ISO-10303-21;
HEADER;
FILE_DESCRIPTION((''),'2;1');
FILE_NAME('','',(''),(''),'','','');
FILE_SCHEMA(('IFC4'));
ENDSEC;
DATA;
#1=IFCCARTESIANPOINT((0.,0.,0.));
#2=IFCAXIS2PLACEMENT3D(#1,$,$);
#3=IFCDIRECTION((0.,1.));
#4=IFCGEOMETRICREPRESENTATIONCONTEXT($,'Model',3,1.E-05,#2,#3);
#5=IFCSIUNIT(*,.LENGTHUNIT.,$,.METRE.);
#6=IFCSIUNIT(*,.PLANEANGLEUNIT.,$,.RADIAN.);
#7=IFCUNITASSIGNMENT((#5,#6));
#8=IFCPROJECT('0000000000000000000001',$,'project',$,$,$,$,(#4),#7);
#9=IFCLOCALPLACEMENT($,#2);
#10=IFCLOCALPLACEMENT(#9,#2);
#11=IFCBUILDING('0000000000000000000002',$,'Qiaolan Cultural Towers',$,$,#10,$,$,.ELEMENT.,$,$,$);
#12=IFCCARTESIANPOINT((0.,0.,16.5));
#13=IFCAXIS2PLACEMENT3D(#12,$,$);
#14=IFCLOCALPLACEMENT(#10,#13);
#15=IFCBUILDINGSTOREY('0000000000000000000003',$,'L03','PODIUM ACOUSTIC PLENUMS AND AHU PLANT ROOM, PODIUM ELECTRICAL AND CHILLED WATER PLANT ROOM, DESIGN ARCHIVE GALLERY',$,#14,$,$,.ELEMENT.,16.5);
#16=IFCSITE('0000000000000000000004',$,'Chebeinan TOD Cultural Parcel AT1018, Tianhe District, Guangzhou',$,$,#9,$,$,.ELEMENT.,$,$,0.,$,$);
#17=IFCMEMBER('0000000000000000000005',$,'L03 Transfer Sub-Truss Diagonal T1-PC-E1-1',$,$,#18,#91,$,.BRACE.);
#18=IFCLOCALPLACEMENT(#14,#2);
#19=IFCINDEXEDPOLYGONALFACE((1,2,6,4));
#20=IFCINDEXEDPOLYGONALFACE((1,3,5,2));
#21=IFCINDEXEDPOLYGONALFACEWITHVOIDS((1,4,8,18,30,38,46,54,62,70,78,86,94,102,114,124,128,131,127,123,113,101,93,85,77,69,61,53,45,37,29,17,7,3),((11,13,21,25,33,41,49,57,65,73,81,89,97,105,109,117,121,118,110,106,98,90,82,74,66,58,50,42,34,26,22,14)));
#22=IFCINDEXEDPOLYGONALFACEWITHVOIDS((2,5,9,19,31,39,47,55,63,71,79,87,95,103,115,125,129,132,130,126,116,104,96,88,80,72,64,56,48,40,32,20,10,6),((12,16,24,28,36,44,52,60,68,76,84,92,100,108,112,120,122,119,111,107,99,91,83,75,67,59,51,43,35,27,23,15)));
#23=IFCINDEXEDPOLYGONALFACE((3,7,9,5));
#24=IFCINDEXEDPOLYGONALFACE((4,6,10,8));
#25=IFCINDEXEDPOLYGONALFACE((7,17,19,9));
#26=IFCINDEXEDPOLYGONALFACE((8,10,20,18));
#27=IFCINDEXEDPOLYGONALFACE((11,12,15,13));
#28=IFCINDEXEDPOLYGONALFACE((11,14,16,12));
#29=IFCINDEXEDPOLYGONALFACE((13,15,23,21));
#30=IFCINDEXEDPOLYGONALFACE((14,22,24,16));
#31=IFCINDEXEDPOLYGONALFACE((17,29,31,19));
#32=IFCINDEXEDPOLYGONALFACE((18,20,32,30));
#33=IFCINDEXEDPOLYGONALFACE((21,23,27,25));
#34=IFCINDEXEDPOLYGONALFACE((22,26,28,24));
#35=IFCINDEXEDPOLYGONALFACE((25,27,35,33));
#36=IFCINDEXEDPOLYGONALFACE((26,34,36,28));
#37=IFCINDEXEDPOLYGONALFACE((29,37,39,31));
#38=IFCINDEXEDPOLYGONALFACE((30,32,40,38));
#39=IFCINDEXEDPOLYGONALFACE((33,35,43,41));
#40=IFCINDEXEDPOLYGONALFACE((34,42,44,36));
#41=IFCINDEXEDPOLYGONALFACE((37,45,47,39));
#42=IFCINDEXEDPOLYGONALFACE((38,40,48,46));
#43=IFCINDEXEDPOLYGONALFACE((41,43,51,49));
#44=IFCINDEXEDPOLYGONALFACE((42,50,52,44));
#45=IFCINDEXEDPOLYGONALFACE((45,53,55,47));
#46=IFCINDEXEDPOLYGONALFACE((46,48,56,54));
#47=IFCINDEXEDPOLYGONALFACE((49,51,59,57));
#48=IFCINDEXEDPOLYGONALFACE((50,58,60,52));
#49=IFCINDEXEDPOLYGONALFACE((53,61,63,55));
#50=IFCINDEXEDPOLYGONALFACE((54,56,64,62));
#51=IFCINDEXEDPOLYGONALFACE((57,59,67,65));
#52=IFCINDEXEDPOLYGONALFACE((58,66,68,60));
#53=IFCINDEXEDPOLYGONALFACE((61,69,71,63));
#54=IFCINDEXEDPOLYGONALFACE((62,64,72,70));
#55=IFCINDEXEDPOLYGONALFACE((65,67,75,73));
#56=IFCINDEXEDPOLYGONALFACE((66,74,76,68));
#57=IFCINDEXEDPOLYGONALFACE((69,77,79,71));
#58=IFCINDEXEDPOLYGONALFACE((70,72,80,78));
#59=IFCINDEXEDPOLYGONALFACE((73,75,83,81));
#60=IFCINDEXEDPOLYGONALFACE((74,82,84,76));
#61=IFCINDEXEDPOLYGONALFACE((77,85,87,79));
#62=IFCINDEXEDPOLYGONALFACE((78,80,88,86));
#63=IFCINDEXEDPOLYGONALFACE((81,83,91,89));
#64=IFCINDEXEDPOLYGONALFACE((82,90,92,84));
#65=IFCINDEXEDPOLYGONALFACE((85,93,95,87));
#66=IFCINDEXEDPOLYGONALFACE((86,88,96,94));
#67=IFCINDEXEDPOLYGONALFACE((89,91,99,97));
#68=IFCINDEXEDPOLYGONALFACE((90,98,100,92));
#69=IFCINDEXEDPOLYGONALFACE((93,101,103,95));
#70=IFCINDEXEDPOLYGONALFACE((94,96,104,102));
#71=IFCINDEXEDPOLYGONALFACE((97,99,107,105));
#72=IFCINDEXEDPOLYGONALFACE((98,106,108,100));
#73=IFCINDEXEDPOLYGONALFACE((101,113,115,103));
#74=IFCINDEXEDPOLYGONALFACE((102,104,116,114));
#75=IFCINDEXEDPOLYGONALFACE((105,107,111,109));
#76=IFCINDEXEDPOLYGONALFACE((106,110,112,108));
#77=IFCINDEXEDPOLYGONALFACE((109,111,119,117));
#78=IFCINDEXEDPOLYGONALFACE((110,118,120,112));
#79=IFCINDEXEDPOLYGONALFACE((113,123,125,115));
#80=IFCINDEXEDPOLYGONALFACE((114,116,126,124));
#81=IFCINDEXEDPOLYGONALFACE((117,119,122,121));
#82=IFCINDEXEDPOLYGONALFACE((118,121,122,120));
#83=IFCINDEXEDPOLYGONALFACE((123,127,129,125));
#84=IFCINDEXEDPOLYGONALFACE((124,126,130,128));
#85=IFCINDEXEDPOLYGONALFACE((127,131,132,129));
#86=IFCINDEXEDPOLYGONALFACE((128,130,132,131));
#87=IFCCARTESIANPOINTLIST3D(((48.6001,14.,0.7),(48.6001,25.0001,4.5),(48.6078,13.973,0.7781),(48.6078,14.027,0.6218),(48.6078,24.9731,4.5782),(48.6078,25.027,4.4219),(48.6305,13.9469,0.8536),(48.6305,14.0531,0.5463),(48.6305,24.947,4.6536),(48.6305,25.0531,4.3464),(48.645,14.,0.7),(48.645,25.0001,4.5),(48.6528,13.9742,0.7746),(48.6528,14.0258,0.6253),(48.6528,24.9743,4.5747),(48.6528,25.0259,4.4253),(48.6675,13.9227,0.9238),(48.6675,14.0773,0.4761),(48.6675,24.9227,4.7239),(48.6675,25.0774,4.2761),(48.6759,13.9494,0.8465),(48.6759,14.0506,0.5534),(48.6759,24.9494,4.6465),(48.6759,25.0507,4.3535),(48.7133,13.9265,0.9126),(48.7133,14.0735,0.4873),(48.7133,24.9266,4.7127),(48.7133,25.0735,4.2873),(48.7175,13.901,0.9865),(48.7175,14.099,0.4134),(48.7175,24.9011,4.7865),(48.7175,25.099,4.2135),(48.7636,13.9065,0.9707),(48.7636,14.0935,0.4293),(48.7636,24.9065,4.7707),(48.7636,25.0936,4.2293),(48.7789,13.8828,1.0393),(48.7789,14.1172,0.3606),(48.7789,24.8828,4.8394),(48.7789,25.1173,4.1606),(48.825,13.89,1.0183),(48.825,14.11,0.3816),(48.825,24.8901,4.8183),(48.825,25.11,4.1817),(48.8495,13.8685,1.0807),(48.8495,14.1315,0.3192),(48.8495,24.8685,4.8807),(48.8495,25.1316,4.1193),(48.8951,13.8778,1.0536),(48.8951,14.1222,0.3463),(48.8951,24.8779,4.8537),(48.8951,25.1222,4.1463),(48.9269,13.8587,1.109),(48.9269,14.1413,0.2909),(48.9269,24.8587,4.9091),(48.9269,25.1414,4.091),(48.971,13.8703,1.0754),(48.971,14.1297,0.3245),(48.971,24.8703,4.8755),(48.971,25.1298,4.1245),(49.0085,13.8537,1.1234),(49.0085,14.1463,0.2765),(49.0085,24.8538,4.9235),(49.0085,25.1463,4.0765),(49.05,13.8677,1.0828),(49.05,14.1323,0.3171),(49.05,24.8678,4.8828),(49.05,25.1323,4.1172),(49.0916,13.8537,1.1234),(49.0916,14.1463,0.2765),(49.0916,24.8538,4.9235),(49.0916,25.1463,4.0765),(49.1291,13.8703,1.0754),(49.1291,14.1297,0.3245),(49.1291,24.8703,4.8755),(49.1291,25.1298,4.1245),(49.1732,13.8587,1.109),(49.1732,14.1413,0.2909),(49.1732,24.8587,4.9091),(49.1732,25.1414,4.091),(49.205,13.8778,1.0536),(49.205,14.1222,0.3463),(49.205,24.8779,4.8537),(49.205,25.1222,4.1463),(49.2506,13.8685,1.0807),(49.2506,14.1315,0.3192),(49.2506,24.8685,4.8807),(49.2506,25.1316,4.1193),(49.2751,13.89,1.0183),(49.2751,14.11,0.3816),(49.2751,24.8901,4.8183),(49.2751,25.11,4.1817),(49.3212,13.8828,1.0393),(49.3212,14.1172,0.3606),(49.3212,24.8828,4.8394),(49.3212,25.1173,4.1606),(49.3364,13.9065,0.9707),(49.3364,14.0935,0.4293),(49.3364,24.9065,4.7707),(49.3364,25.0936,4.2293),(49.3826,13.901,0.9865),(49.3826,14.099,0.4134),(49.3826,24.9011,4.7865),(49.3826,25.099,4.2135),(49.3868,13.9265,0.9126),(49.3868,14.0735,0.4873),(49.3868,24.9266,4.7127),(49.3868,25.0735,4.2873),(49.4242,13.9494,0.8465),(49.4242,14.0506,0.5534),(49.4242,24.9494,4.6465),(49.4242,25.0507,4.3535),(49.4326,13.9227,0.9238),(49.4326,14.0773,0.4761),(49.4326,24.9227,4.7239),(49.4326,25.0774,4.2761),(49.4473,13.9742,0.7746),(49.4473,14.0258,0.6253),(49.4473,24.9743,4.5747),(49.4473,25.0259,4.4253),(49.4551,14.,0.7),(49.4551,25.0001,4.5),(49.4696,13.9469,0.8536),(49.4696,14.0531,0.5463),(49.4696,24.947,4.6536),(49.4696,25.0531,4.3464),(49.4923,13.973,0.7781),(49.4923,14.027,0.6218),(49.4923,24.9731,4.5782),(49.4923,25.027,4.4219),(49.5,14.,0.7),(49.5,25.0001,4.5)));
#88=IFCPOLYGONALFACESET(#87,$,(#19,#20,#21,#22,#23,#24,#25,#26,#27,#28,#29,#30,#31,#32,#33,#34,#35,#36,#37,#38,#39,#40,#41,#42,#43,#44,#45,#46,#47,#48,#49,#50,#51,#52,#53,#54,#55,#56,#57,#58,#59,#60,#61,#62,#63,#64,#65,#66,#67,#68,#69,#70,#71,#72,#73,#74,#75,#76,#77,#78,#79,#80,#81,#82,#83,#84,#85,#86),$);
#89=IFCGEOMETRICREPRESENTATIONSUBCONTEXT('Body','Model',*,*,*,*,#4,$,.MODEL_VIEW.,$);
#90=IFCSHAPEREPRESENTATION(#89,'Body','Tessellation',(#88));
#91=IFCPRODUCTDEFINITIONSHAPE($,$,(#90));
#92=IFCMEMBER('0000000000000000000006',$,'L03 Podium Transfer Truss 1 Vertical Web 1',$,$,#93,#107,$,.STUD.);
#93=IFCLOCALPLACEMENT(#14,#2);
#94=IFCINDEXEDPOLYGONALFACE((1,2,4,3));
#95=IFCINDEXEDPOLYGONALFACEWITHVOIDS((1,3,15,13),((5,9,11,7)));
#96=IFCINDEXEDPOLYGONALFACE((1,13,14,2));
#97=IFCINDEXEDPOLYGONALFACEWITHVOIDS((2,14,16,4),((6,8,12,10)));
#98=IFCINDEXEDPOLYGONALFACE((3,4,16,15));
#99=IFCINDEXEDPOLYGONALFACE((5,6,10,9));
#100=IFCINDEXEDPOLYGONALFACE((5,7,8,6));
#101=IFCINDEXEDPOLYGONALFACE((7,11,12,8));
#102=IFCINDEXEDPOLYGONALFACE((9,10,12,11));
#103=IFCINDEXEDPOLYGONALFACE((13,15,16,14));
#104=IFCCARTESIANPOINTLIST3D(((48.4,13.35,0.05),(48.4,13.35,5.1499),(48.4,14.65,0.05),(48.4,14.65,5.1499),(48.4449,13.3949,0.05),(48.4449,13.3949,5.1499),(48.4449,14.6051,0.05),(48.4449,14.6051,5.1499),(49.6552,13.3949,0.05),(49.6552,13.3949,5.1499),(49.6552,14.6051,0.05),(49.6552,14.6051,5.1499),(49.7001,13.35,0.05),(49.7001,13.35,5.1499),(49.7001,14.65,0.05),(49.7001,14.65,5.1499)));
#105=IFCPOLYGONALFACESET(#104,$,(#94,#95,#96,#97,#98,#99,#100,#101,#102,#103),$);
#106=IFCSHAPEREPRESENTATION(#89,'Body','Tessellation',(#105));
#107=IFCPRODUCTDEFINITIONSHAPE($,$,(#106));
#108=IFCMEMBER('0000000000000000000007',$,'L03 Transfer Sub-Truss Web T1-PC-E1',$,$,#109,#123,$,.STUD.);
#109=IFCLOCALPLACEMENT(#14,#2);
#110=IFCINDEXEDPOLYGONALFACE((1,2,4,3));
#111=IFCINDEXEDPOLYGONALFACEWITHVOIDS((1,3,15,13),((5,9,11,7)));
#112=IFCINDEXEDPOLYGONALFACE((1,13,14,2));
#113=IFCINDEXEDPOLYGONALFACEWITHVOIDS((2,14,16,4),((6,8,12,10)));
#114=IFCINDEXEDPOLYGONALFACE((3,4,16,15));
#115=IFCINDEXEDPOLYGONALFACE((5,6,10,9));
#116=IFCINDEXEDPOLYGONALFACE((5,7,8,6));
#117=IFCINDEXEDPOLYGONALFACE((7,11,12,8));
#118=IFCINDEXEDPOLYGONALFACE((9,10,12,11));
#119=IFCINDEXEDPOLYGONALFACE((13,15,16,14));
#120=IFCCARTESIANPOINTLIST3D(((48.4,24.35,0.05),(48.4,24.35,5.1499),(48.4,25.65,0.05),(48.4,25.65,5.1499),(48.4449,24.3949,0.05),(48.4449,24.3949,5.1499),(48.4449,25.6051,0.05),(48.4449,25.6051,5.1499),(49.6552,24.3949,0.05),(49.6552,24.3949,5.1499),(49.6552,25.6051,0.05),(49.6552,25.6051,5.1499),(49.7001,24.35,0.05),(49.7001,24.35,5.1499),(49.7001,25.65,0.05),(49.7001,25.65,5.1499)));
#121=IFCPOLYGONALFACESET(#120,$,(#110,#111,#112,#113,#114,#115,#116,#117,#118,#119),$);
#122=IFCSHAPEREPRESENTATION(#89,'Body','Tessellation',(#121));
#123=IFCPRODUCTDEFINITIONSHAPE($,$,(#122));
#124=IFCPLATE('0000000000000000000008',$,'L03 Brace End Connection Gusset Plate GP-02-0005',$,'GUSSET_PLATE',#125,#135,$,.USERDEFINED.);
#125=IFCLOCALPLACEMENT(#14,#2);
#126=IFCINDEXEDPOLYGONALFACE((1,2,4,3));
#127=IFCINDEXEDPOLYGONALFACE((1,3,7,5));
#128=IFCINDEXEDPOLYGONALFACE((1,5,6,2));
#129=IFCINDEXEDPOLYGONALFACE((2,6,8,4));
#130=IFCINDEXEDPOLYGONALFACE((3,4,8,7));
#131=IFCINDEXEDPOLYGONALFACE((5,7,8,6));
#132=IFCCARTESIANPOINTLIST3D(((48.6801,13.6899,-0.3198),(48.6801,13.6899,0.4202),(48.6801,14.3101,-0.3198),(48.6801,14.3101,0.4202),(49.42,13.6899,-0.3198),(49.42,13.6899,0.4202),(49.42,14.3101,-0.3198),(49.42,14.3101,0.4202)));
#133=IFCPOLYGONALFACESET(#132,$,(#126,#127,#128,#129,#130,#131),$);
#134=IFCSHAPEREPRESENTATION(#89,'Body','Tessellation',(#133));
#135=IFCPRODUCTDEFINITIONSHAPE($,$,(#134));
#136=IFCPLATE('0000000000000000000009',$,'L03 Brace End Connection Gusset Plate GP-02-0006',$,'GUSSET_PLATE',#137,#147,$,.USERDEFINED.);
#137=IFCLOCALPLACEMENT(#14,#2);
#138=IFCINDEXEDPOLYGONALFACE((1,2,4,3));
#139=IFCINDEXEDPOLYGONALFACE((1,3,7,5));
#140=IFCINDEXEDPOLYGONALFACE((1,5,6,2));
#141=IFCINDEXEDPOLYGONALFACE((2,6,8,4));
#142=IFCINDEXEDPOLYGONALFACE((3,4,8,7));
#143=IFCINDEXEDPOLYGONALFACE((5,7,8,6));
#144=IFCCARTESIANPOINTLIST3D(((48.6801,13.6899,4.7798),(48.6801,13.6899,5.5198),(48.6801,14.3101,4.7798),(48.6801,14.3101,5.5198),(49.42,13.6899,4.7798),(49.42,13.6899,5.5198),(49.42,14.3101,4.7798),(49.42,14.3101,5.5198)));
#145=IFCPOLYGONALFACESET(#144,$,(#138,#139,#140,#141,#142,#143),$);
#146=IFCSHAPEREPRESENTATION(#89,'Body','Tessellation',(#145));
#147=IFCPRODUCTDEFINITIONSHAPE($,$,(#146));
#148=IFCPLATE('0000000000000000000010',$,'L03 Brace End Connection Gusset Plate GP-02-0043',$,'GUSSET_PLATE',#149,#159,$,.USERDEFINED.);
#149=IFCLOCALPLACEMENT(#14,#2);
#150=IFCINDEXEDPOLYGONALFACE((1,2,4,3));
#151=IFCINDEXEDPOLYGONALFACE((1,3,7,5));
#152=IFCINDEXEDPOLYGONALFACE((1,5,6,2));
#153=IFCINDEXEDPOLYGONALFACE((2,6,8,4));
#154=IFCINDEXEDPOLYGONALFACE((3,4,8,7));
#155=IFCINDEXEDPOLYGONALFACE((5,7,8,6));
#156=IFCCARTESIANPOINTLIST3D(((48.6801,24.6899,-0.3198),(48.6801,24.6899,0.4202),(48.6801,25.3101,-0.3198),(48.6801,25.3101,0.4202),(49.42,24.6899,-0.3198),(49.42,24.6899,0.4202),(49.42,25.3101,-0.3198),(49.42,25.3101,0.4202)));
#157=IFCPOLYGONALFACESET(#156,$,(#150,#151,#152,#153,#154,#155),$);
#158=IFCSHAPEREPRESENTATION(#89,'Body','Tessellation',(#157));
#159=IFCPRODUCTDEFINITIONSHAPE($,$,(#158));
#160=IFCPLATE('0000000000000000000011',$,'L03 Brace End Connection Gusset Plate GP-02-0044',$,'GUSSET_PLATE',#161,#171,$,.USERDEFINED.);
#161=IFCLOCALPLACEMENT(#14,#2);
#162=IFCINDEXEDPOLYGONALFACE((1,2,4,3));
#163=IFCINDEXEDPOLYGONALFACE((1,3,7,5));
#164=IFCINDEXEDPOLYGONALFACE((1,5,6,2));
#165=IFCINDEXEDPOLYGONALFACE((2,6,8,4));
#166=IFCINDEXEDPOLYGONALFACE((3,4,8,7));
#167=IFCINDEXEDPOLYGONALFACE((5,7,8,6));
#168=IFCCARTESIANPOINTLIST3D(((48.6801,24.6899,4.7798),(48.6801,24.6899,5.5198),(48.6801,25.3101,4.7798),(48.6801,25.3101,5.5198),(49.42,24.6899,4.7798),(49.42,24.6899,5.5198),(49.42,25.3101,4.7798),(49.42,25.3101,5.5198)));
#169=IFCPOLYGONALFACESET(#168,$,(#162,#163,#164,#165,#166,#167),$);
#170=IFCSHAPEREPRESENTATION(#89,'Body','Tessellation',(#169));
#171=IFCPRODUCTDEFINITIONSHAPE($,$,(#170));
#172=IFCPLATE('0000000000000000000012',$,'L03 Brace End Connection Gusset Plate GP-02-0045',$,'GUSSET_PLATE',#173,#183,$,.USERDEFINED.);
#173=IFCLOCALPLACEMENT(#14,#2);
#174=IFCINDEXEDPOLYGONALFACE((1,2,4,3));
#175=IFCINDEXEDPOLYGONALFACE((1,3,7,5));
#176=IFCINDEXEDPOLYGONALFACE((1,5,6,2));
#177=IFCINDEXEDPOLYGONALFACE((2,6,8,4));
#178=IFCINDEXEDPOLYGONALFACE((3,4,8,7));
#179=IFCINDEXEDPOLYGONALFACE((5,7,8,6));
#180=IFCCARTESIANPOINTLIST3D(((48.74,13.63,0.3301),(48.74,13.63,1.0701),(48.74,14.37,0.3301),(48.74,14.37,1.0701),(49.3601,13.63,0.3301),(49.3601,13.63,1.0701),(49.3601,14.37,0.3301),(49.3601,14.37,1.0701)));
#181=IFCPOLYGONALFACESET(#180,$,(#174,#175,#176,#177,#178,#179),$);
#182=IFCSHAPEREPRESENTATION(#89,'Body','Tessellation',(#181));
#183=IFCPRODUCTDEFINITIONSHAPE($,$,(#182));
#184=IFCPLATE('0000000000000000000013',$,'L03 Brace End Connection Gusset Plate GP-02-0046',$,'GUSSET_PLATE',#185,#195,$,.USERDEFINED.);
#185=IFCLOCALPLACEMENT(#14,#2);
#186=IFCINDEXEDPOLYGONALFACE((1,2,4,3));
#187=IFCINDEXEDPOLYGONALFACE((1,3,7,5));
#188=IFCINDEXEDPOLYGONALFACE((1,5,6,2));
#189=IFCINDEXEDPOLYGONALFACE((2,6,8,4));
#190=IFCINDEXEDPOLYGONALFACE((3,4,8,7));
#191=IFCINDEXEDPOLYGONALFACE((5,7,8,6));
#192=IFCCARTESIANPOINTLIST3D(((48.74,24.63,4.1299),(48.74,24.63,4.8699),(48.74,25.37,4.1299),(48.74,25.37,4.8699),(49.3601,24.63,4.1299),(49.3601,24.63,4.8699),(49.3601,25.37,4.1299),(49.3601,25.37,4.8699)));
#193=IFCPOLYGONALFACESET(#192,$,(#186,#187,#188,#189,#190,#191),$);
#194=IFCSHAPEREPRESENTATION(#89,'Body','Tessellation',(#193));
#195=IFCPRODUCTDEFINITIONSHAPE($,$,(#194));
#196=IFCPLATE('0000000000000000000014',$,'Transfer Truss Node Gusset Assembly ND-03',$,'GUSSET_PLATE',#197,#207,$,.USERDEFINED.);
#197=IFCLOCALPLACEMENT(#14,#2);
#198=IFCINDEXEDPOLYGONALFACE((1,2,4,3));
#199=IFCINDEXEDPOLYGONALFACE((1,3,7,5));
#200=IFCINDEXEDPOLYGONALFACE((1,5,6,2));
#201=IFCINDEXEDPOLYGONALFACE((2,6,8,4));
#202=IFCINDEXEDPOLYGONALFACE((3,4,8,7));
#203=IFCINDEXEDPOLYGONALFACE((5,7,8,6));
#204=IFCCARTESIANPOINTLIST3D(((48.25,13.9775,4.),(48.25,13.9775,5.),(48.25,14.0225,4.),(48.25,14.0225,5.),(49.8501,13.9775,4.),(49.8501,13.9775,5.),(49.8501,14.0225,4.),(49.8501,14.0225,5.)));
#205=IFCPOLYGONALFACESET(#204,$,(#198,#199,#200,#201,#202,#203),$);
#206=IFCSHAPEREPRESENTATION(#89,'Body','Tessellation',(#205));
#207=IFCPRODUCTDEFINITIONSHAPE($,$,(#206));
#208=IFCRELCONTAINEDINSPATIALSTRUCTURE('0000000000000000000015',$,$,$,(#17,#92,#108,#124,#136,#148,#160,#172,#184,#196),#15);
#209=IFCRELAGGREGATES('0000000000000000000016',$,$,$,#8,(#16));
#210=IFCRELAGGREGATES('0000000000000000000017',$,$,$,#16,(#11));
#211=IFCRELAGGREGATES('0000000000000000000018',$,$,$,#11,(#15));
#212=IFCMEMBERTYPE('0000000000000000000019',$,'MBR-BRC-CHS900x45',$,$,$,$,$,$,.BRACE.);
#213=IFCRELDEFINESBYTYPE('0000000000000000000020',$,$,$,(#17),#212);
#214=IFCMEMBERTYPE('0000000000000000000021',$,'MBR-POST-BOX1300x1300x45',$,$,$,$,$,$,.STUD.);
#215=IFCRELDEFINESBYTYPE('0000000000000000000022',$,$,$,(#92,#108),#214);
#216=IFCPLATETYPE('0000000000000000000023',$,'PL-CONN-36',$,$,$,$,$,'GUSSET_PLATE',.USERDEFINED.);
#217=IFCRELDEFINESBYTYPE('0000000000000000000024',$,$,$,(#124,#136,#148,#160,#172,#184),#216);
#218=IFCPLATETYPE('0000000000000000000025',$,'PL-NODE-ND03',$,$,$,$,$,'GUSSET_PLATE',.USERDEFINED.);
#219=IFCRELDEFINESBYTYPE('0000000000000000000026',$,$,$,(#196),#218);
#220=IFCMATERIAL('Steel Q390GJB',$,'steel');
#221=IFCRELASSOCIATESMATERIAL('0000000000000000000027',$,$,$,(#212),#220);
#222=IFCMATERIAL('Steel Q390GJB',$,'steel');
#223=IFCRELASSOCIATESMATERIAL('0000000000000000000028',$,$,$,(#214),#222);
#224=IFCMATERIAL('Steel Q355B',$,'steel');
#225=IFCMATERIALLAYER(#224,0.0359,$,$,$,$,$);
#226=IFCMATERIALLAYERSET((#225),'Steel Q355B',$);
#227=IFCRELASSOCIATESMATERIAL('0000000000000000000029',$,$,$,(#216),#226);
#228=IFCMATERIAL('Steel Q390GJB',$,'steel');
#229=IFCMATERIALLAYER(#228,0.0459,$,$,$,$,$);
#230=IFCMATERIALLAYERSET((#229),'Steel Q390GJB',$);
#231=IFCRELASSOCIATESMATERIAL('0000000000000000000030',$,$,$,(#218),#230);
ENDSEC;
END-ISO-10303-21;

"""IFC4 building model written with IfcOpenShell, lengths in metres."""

from ifc_helpers import new_model, si_unit, direction, frame, origin, origin_2d, place, context, subcontext, project, spatial, rectangle, hollow_rectangle, hollow_circle, extrude, material, layer, layer_set, material_profile, profile_set, type_object, element, save


model = new_model("IFC4")

# Units and contexts
model_context = context("Model", 3, precision=1e-05, world=origin(), true_north=direction((0.0, 1.0)))
body_context = subcontext(model_context, "Body", "Model", "MODEL_VIEW")
ifc_project = project(units=[si_unit("LENGTHUNIT", "METRE"), si_unit("PLANEANGLEUNIT", "RADIAN")], contexts=[model_context])

# Site, building, storey
site_placement = place(None, origin())
site = spatial("IfcSite", under=ifc_project, at=site_placement, Name="Chebeinan TOD Cultural Parcel AT1018, Tianhe District, Guangzhou", CompositionType="ELEMENT", RefElevation=0.0)
building_placement = place(site_placement, origin())
building = spatial("IfcBuilding", under=site, at=building_placement, Name="Qiaolan Cultural Towers", CompositionType="ELEMENT")
storey_placement = place(building_placement, frame((0.0, 0.0, 16.5)))
storey = spatial("IfcBuildingStorey", under=building, at=storey_placement, Name="L03", Description="PODIUM ACOUSTIC PLENUMS AND AHU PLANT ROOM, PODIUM ELECTRICAL AND CHILLED WATER PLANT ROOM, DESIGN ARCHIVE GALLERY", CompositionType="ELEMENT", Elevation=16.5)

# Members
ifc_material_1 = material(Name="Steel Q390GJB", Category="steel")
ifc_material_profile_1 = material_profile(ifc_material_1, hollow_circle(Radius=0.45, WallThickness=0.0449, at=origin_2d()), Name="CHS900x45")
ifc_profile_set_1 = profile_set([ifc_material_profile_1], Name="Steel Q390GJB")
member_type_1 = type_object("IfcMemberType", Name="MBR-BRC-CHS900x45", PredefinedType="BRACE", material=ifc_profile_set_1)
member_placement = place(storey_placement, frame((49.05, 14.0, 0.7), z_axis=(0.0, 0.945189, 0.326524), x_axis=(-1.0, 0.0, 0.0)))
element("IfcMember", 1, at=member_placement, inside=storey, type_object=member_type_1, Name="L03 Transfer Sub-Truss Diagonal T1-PC-E1-1", PredefinedType="BRACE", context=body_context, shape_type="SweptSolid", body=[
    extrude(hollow_circle(Radius=0.45, WallThickness=0.0449, at=origin_2d()), origin(), (0.0, 0.0, 1.0), 11.6379),
])
ifc_material_2 = material(Name="Steel Q390GJB", Category="steel")
ifc_material_profile_2 = material_profile(ifc_material_2, hollow_rectangle(XDim=1.3, YDim=1.3, WallThickness=0.0449, at=origin_2d()), Name="BOX1300x1300x45")
ifc_profile_set_2 = profile_set([ifc_material_profile_2], Name="Steel Q390GJB")
member_type_2 = type_object("IfcMemberType", Name="MBR-POST-BOX1300x1300x45", PredefinedType="STUD", material=ifc_profile_set_2)
for number, where, z_axis, x_axis, name in (
    (2, (49.05, 14.0, 0.05), (0.0, 0.0, 1.0), (1.0, 0.0, 0.0), "L03 Podium Transfer Truss 1 Vertical Web 1"),
    (3, (49.05, 25.0, 0.05), (0.0, 0.0, 1.0), (1.0, 0.0, 0.0), "L03 Transfer Sub-Truss Web T1-PC-E1"),
):
    element("IfcMember", number, at=place(storey_placement, frame(where, z_axis=z_axis, x_axis=x_axis)), inside=storey, type_object=member_type_2, Name=name, PredefinedType="STUD", context=body_context, shape_type="SweptSolid", body=[
        extrude(hollow_rectangle(XDim=1.3, YDim=1.3, WallThickness=0.0449, at=origin_2d()), origin(), (0.0, 0.0, 1.0), 5.0999),
    ])

# Plates
ifc_material_3 = material(Name="Steel Q355B", Category="steel")
ifc_layer_1 = layer(ifc_material_3, 0.0359)
ifc_layer_set_1 = layer_set([ifc_layer_1], Name="Steel Q355B")
plate_type_1 = type_object("IfcPlateType", Name="PL-CONN-36", ElementType="GUSSET_PLATE", PredefinedType="USERDEFINED", material=ifc_layer_set_1)
for number, where, z_axis, x_axis, name in (
    (4, (49.05, 14.0, -0.3198), (0.0, 0.0, 1.0), (1.0, 0.0, 0.0), "L03 Brace End Connection Gusset Plate GP-02-0005"),
    (5, (49.05, 14.0, 4.7798), (0.0, 0.0, 1.0), (1.0, 0.0, 0.0), "L03 Brace End Connection Gusset Plate GP-02-0006"),
    (6, (49.05, 25.0, -0.3198), (0.0, 0.0, 1.0), (1.0, 0.0, 0.0), "L03 Brace End Connection Gusset Plate GP-02-0043"),
    (7, (49.05, 25.0, 4.7798), (0.0, 0.0, 1.0), (1.0, 0.0, 0.0), "L03 Brace End Connection Gusset Plate GP-02-0044"),
    (8, (49.05, 14.0, 0.3301), (0.0, 0.0, 1.0), (0.0, 1.0, 0.0), "L03 Brace End Connection Gusset Plate GP-02-0045"),
    (9, (49.05, 25.0, 4.1299), (0.0, 0.0, 1.0), (0.0, 1.0, 0.0), "L03 Brace End Connection Gusset Plate GP-02-0046"),
):
    element("IfcPlate", number, at=place(storey_placement, frame(where, z_axis=z_axis, x_axis=x_axis)), inside=storey, type_object=plate_type_1, Name=name, ObjectType="GUSSET_PLATE", PredefinedType="USERDEFINED", context=body_context, shape_type="SweptSolid", body=[
        extrude(rectangle(XDim=0.74, YDim=0.6201, at=origin_2d()), origin(), (0.0, 0.0, 1.0), 0.74),
    ])
ifc_material_4 = material(Name="Steel Q390GJB", Category="steel")
ifc_layer_2 = layer(ifc_material_4, 0.0459)
ifc_layer_set_2 = layer_set([ifc_layer_2], Name="Steel Q390GJB")
plate_type_2 = type_object("IfcPlateType", Name="PL-NODE-ND03", ElementType="GUSSET_PLATE", PredefinedType="USERDEFINED", material=ifc_layer_set_2)
plate_placement = place(storey_placement, frame((49.05, 14.0, 4.0), z_axis=(0.0, 0.0, 1.0), x_axis=(1.0, 0.0, 0.0)))
element("IfcPlate", 10, at=plate_placement, inside=storey, type_object=plate_type_2, Name="Transfer Truss Node Gusset Assembly ND-03", ObjectType="GUSSET_PLATE", PredefinedType="USERDEFINED", context=body_context, shape_type="SweptSolid", body=[
    extrude(rectangle(XDim=1.6001, YDim=0.0449, at=origin_2d()), origin(), (0.0, 0.0, 1.0), 1.0),
])

save(model, "model.ifc")
